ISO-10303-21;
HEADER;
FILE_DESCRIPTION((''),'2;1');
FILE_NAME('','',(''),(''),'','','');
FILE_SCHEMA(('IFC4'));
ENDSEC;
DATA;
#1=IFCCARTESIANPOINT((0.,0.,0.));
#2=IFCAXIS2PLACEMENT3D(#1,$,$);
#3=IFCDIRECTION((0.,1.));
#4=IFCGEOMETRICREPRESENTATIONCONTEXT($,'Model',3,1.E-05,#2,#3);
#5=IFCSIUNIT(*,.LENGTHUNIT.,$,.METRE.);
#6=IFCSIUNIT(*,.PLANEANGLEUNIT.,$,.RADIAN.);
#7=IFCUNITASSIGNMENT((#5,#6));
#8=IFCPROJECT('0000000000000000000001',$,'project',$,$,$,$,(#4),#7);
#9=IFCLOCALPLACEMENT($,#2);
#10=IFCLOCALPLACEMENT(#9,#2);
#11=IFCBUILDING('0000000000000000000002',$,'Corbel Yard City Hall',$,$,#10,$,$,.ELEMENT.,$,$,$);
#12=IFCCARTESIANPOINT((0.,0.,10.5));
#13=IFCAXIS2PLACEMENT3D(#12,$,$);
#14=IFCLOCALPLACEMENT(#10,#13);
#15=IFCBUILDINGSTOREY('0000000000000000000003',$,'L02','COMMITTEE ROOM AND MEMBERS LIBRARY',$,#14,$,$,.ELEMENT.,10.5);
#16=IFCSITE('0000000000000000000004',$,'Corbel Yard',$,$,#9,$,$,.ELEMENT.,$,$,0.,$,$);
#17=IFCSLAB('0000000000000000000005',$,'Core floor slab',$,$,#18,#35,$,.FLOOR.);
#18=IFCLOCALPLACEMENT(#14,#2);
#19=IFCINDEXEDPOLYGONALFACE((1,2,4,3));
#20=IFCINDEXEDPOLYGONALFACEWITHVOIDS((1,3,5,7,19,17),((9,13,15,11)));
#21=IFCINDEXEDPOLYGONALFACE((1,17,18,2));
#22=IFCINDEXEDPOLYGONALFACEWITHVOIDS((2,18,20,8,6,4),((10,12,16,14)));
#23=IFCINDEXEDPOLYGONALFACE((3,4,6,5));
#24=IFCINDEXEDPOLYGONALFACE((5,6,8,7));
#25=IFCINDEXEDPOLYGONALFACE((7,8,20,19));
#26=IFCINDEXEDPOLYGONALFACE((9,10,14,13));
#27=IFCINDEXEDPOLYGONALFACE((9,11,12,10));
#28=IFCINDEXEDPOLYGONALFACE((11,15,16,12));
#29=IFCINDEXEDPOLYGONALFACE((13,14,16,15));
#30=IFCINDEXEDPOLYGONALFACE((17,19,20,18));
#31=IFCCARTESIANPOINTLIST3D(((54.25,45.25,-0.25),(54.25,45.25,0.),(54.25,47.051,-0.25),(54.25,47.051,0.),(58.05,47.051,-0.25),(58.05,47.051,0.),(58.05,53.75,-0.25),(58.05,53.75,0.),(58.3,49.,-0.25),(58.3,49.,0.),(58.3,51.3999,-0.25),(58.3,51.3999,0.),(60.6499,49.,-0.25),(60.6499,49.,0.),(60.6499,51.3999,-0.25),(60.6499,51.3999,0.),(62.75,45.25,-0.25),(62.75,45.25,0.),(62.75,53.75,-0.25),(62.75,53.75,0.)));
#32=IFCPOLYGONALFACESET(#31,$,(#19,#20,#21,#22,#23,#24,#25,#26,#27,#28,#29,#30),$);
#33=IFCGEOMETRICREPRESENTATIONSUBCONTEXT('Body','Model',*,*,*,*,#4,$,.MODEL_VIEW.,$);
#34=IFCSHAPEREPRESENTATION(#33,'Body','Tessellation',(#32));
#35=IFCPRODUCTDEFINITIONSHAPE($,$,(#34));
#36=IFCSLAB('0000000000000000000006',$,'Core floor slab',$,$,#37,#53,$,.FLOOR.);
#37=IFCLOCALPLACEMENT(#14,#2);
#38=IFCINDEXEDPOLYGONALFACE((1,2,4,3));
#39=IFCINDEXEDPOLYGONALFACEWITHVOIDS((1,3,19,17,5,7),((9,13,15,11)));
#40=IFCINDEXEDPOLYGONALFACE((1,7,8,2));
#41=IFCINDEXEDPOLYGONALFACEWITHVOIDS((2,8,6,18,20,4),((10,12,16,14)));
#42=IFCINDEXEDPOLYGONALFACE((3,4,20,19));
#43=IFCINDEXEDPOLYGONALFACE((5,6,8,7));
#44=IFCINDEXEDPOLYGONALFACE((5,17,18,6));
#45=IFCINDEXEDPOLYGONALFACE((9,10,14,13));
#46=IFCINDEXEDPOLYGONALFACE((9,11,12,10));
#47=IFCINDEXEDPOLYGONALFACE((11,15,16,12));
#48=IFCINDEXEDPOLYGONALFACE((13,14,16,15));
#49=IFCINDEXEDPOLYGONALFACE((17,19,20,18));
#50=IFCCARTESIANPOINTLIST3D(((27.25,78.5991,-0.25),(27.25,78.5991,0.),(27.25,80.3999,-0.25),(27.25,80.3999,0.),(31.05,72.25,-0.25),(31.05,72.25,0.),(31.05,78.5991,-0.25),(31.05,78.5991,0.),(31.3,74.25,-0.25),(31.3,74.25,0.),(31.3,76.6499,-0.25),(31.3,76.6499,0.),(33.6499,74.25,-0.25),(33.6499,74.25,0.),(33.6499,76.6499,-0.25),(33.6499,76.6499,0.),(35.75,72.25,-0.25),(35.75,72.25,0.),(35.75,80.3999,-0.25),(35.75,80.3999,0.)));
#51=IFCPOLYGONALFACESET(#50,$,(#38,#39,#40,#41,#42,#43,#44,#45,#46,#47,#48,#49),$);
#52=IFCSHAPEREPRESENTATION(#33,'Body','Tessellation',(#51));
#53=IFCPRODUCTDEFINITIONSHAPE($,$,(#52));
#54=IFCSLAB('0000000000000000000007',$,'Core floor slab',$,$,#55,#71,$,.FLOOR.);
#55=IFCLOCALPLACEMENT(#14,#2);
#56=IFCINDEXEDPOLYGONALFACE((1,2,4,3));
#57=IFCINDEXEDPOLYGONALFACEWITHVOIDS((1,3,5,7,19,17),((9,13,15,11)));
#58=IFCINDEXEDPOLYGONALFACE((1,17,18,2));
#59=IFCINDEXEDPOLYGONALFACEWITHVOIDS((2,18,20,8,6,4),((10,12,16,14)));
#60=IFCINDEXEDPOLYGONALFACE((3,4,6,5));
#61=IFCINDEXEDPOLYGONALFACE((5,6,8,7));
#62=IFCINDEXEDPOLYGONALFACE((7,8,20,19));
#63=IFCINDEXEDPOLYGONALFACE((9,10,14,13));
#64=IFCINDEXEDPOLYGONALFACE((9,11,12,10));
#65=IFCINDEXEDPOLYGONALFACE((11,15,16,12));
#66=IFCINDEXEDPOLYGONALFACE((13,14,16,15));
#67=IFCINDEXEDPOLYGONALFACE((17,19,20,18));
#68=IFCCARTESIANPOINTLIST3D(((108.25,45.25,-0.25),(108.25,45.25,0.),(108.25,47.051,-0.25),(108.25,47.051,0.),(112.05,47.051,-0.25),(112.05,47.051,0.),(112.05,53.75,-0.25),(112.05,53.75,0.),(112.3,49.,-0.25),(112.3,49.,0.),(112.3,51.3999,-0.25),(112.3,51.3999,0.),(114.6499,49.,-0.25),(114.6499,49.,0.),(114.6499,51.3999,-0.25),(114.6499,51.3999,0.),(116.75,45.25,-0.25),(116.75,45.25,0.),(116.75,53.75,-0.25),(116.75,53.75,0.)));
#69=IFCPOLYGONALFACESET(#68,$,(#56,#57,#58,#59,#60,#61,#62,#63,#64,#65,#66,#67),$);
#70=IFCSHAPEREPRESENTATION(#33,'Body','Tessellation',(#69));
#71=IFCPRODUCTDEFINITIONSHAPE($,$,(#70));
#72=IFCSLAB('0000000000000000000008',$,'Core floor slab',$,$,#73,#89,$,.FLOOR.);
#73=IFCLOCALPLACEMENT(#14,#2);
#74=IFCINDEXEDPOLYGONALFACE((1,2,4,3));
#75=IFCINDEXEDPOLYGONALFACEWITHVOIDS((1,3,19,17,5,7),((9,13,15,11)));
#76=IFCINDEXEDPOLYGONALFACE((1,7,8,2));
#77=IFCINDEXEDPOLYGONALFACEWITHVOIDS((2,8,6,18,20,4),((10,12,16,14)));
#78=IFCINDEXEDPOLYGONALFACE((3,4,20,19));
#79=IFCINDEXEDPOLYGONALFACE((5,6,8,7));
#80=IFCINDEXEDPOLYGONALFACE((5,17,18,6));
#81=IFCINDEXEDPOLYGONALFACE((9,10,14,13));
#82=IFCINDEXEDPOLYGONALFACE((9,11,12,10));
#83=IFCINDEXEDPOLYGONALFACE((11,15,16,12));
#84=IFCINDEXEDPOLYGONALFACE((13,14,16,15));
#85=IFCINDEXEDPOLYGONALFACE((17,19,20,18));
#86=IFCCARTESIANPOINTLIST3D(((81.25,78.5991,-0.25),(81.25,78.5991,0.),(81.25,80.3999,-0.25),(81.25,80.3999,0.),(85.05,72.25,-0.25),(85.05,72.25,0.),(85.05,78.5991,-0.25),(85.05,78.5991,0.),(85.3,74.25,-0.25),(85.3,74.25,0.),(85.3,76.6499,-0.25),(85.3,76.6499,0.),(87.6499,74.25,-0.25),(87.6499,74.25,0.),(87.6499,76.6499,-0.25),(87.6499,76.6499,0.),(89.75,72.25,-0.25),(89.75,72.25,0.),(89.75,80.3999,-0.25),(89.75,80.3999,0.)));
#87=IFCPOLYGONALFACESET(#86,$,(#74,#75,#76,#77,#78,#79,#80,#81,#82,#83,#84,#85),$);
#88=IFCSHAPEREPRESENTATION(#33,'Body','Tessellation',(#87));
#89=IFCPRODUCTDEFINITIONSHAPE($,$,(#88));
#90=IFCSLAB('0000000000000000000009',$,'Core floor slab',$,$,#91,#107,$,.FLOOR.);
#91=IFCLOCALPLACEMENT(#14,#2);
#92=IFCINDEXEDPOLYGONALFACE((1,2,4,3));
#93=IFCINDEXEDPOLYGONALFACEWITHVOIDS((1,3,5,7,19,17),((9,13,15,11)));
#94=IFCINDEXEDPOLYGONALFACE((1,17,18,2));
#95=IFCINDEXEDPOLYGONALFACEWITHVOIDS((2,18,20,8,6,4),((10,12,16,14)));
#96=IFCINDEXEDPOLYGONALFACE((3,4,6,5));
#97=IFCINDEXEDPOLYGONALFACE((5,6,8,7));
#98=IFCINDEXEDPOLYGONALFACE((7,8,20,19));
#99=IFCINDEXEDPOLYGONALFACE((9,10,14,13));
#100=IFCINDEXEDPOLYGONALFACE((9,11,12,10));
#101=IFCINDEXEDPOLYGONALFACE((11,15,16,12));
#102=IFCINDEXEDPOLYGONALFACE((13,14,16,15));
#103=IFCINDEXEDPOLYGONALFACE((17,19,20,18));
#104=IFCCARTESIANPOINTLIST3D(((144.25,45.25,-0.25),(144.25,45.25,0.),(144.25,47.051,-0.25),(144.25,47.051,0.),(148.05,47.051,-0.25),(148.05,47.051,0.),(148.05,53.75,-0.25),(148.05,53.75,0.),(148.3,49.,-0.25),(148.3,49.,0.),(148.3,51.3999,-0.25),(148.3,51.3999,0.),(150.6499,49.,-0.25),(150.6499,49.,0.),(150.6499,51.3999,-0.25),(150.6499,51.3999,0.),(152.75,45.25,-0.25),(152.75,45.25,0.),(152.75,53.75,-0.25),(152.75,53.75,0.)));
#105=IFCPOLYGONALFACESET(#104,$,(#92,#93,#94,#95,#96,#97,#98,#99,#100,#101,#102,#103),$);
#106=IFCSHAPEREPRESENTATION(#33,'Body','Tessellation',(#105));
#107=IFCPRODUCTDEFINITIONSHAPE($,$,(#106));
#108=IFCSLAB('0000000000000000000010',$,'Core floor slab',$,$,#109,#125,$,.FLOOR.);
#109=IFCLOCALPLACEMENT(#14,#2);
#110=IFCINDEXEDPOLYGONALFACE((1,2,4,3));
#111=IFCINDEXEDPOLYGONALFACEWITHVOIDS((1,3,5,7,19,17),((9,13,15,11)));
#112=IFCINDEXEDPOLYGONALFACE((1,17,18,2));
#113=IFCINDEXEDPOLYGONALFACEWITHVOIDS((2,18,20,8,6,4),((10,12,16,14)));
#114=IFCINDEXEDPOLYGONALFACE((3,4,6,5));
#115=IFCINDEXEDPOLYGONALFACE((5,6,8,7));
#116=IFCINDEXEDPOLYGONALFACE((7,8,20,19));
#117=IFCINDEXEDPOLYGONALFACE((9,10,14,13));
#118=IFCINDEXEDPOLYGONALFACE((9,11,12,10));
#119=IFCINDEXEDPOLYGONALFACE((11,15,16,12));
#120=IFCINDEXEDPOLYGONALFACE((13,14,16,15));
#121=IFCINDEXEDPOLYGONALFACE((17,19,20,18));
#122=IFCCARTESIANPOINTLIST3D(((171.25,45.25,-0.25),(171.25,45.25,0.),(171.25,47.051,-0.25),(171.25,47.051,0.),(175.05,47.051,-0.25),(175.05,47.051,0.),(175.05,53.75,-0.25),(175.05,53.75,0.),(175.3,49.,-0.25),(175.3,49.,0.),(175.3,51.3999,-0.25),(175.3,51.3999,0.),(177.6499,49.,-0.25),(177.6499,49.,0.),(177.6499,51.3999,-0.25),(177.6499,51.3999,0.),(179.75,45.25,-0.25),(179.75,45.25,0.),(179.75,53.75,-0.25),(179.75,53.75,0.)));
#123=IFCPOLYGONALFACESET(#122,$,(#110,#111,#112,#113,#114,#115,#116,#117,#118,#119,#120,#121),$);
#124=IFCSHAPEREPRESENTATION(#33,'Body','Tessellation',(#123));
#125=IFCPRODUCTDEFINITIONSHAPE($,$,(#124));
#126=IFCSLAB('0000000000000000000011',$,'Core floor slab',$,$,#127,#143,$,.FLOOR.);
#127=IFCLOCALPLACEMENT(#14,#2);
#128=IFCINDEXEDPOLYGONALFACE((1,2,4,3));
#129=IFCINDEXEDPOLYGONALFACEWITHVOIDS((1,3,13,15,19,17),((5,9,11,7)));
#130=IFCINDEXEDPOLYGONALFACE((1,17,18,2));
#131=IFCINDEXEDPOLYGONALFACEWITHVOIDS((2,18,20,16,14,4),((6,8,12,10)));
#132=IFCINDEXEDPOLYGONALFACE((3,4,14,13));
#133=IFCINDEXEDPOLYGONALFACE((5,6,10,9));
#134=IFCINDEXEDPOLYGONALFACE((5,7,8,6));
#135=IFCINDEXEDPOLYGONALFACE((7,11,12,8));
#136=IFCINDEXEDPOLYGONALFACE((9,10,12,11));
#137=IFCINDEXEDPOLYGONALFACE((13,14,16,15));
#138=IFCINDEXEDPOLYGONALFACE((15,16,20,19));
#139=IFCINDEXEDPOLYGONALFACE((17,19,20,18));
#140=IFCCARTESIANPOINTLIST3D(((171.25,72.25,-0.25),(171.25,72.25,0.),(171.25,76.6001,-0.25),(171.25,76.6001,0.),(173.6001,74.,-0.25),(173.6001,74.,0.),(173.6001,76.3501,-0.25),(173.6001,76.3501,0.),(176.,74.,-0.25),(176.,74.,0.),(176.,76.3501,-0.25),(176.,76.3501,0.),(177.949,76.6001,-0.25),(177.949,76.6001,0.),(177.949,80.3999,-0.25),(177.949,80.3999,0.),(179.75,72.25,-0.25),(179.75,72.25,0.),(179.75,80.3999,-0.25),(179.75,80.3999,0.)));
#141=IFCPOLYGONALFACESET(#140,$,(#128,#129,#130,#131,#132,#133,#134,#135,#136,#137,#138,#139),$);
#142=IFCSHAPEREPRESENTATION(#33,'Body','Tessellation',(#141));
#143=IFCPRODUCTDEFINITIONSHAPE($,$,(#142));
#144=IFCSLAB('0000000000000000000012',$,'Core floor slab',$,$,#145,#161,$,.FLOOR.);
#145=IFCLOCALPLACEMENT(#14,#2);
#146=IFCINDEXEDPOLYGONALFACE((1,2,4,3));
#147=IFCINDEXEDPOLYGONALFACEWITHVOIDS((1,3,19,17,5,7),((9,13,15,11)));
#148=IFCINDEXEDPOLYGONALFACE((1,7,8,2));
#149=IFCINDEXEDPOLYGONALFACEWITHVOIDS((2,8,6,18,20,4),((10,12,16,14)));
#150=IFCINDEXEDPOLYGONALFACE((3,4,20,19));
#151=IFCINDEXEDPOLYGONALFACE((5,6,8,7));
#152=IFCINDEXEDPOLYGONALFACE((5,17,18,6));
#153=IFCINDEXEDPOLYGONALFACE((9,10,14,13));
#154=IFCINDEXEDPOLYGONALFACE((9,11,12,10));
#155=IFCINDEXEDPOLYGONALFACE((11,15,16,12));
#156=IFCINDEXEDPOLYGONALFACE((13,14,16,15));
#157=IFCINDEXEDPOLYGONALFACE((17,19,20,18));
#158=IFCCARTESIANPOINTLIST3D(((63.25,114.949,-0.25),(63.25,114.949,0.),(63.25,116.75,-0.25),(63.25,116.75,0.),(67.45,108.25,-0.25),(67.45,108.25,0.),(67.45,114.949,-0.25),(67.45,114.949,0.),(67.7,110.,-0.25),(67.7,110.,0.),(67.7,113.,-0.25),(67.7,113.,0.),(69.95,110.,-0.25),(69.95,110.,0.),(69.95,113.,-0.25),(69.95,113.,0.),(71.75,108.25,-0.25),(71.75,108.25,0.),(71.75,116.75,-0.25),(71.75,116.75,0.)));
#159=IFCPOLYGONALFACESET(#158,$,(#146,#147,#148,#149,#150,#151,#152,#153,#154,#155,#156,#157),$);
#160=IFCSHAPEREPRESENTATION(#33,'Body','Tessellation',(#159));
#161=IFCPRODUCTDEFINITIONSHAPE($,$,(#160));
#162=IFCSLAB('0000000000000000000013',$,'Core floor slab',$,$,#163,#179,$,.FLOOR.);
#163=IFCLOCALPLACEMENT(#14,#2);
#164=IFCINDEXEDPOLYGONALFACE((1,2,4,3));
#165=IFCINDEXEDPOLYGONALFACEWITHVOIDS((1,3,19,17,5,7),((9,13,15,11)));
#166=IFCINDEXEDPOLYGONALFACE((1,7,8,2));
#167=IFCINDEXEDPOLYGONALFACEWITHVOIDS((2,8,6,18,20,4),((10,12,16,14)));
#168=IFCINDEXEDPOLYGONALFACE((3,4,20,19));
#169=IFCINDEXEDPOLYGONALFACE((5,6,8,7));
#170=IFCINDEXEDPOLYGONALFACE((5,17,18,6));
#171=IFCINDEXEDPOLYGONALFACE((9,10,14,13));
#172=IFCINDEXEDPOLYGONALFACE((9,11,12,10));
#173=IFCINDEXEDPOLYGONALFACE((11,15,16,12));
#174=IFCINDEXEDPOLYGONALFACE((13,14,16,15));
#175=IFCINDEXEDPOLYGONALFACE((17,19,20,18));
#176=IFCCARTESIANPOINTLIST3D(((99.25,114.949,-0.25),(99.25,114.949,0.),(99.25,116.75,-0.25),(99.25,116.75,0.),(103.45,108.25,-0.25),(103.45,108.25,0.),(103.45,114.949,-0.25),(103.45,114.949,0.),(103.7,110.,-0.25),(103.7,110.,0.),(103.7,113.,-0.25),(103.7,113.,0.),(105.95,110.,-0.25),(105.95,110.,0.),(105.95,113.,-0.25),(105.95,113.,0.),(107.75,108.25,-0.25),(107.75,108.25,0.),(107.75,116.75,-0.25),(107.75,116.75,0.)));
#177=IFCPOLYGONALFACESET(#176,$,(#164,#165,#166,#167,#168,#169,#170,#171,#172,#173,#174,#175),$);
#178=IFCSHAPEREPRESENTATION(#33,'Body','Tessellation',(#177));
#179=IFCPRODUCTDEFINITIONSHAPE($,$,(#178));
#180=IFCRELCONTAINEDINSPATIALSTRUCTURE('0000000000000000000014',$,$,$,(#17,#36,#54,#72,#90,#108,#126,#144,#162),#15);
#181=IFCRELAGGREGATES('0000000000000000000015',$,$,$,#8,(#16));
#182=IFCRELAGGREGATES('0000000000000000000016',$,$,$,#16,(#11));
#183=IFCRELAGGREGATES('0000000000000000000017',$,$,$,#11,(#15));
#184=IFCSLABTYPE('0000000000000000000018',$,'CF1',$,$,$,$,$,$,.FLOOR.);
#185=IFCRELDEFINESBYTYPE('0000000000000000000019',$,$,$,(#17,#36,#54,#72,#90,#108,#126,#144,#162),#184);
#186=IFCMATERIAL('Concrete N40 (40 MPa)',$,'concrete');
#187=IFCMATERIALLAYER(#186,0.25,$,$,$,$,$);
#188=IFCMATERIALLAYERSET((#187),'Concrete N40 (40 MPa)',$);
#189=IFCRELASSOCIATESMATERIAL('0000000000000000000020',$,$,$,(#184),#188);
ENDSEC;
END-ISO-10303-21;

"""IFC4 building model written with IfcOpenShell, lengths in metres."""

from ifc_helpers import new_model, si_unit, direction, frame, origin, place, context, subcontext, project, spatial, polyline, outline, extrude, material, layer, layer_set, type_object, element, save


model = new_model("IFC4")

# Units and contexts
model_context = context("Model", 3, precision=1e-05, world=origin(), true_north=direction((0.0, 1.0)))
body_context = subcontext(model_context, "Body", "Model", "MODEL_VIEW")
ifc_project = project(units=[si_unit("LENGTHUNIT", "METRE"), si_unit("PLANEANGLEUNIT", "RADIAN")], contexts=[model_context])

# Site, building, storey
site_placement = place(None, origin())
site = spatial("IfcSite", under=ifc_project, at=site_placement, Name="Corbel Yard", CompositionType="ELEMENT", RefElevation=0.0)
building_placement = place(site_placement, origin())
building = spatial("IfcBuilding", under=site, at=building_placement, Name="Corbel Yard City Hall", CompositionType="ELEMENT")
storey_placement = place(building_placement, frame((0.0, 0.0, 10.5)))
storey = spatial("IfcBuildingStorey", under=building, at=storey_placement, Name="L02", Description="COMMITTEE ROOM AND MEMBERS LIBRARY", CompositionType="ELEMENT", Elevation=10.5)

# Slabs
ifc_material_1 = material(Name="Concrete N40 (40 MPa)", Category="concrete")
ifc_layer_1 = layer(ifc_material_1, 0.25)
ifc_layer_set_1 = layer_set([ifc_layer_1], Name="Concrete N40 (40 MPa)")
slab_type_1 = type_object("IfcSlabType", Name="CF1", PredefinedType="FLOOR", material=ifc_layer_set_1)
slab_1_placement = place(storey_placement, frame((0.0, 0.0, -0.25)))
element("IfcSlab", 1, at=slab_1_placement, inside=storey, type_object=slab_type_1, Name="Core floor slab", PredefinedType="FLOOR", context=body_context, shape_type="SweptSolid", body=[
    extrude(outline(polyline([(62.75, 53.75), (58.05, 53.75), (58.05, 47.051), (54.25, 47.051), (54.25, 45.25), (62.75, 45.25), (62.75, 53.75)]), holes=[polyline([(60.6499, 49.0), (60.6499, 51.3999), (58.3, 51.3999), (58.3, 49.0), (60.6499, 49.0)])]), origin(), (0.0, 0.0, 1.0), 0.25),
])
slab_2_placement = place(storey_placement, frame((0.0, 0.0, -0.25)))
element("IfcSlab", 2, at=slab_2_placement, inside=storey, type_object=slab_type_1, Name="Core floor slab", PredefinedType="FLOOR", context=body_context, shape_type="SweptSolid", body=[
    extrude(outline(polyline([(27.25, 80.3999), (27.25, 78.5991), (31.05, 78.5991), (31.05, 72.25), (35.75, 72.25), (35.75, 80.3999), (27.25, 80.3999)]), holes=[polyline([(33.6499, 74.25), (33.6499, 76.6499), (31.3, 76.6499), (31.3, 74.25), (33.6499, 74.25)])]), origin(), (0.0, 0.0, 1.0), 0.25),
])
slab_3_placement = place(storey_placement, frame((0.0, 0.0, -0.25)))
element("IfcSlab", 3, at=slab_3_placement, inside=storey, type_object=slab_type_1, Name="Core floor slab", PredefinedType="FLOOR", context=body_context, shape_type="SweptSolid", body=[
    extrude(outline(polyline([(116.75, 53.75), (112.05, 53.75), (112.05, 47.051), (108.25, 47.051), (108.25, 45.25), (116.75, 45.25), (116.75, 53.75)]), holes=[polyline([(114.6499, 49.0), (114.6499, 51.3999), (112.3, 51.3999), (112.3, 49.0), (114.6499, 49.0)])]), origin(), (0.0, 0.0, 1.0), 0.25),
])
slab_4_placement = place(storey_placement, frame((0.0, 0.0, -0.25)))
element("IfcSlab", 4, at=slab_4_placement, inside=storey, type_object=slab_type_1, Name="Core floor slab", PredefinedType="FLOOR", context=body_context, shape_type="SweptSolid", body=[
    extrude(outline(polyline([(81.25, 80.3999), (81.25, 78.5991), (85.05, 78.5991), (85.05, 72.25), (89.75, 72.25), (89.75, 80.3999), (81.25, 80.3999)]), holes=[polyline([(87.6499, 74.25), (87.6499, 76.6499), (85.3, 76.6499), (85.3, 74.25), (87.6499, 74.25)])]), origin(), (0.0, 0.0, 1.0), 0.25),
])
slab_5_placement = place(storey_placement, frame((0.0, 0.0, -0.25)))
element("IfcSlab", 5, at=slab_5_placement, inside=storey, type_object=slab_type_1, Name="Core floor slab", PredefinedType="FLOOR", context=body_context, shape_type="SweptSolid", body=[
    extrude(outline(polyline([(152.75, 53.75), (148.05, 53.75), (148.05, 47.051), (144.25, 47.051), (144.25, 45.25), (152.75, 45.25), (152.75, 53.75)]), holes=[polyline([(150.6499, 49.0), (150.6499, 51.3999), (148.3, 51.3999), (148.3, 49.0), (150.6499, 49.0)])]), origin(), (0.0, 0.0, 1.0), 0.25),
])
slab_6_placement = place(storey_placement, frame((0.0, 0.0, -0.25)))
element("IfcSlab", 6, at=slab_6_placement, inside=storey, type_object=slab_type_1, Name="Core floor slab", PredefinedType="FLOOR", context=body_context, shape_type="SweptSolid", body=[
    extrude(outline(polyline([(179.75, 53.75), (175.05, 53.75), (175.05, 47.051), (171.25, 47.051), (171.25, 45.25), (179.75, 45.25), (179.75, 53.75)]), holes=[polyline([(177.6499, 49.0), (177.6499, 51.3999), (175.3, 51.3999), (175.3, 49.0), (177.6499, 49.0)])]), origin(), (0.0, 0.0, 1.0), 0.25),
])
slab_7_placement = place(storey_placement, frame((0.0, 0.0, -0.25)))
element("IfcSlab", 7, at=slab_7_placement, inside=storey, type_object=slab_type_1, Name="Core floor slab", PredefinedType="FLOOR", context=body_context, shape_type="SweptSolid", body=[
    extrude(outline(polyline([(179.75, 80.3999), (177.949, 80.3999), (177.949, 76.6001), (171.25, 76.6001), (171.25, 72.25), (179.75, 72.25), (179.75, 80.3999)]), holes=[polyline([(176.0, 74.0), (176.0, 76.3501), (173.6001, 76.3501), (173.6001, 74.0), (176.0, 74.0)])]), origin(), (0.0, 0.0, 1.0), 0.25),
])
slab_8_placement = place(storey_placement, frame((0.0, 0.0, -0.25)))
element("IfcSlab", 8, at=slab_8_placement, inside=storey, type_object=slab_type_1, Name="Core floor slab", PredefinedType="FLOOR", context=body_context, shape_type="SweptSolid", body=[
    extrude(outline(polyline([(63.25, 116.75), (63.25, 114.949), (67.45, 114.949), (67.45, 108.25), (71.75, 108.25), (71.75, 116.75), (63.25, 116.75)]), holes=[polyline([(69.95, 110.0), (69.95, 113.0), (67.7, 113.0), (67.7, 110.0), (69.95, 110.0)])]), origin(), (0.0, 0.0, 1.0), 0.25),
])
slab_9_placement = place(storey_placement, frame((0.0, 0.0, -0.25)))
element("IfcSlab", 9, at=slab_9_placement, inside=storey, type_object=slab_type_1, Name="Core floor slab", PredefinedType="FLOOR", context=body_context, shape_type="SweptSolid", body=[
    extrude(outline(polyline([(99.25, 116.75), (99.25, 114.949), (103.45, 114.949), (103.45, 108.25), (107.75, 108.25), (107.75, 116.75), (99.25, 116.75)]), holes=[polyline([(105.95, 110.0), (105.95, 113.0), (103.7, 113.0), (103.7, 110.0), (105.95, 110.0)])]), origin(), (0.0, 0.0, 1.0), 0.25),
])

save(model, "model.ifc")
